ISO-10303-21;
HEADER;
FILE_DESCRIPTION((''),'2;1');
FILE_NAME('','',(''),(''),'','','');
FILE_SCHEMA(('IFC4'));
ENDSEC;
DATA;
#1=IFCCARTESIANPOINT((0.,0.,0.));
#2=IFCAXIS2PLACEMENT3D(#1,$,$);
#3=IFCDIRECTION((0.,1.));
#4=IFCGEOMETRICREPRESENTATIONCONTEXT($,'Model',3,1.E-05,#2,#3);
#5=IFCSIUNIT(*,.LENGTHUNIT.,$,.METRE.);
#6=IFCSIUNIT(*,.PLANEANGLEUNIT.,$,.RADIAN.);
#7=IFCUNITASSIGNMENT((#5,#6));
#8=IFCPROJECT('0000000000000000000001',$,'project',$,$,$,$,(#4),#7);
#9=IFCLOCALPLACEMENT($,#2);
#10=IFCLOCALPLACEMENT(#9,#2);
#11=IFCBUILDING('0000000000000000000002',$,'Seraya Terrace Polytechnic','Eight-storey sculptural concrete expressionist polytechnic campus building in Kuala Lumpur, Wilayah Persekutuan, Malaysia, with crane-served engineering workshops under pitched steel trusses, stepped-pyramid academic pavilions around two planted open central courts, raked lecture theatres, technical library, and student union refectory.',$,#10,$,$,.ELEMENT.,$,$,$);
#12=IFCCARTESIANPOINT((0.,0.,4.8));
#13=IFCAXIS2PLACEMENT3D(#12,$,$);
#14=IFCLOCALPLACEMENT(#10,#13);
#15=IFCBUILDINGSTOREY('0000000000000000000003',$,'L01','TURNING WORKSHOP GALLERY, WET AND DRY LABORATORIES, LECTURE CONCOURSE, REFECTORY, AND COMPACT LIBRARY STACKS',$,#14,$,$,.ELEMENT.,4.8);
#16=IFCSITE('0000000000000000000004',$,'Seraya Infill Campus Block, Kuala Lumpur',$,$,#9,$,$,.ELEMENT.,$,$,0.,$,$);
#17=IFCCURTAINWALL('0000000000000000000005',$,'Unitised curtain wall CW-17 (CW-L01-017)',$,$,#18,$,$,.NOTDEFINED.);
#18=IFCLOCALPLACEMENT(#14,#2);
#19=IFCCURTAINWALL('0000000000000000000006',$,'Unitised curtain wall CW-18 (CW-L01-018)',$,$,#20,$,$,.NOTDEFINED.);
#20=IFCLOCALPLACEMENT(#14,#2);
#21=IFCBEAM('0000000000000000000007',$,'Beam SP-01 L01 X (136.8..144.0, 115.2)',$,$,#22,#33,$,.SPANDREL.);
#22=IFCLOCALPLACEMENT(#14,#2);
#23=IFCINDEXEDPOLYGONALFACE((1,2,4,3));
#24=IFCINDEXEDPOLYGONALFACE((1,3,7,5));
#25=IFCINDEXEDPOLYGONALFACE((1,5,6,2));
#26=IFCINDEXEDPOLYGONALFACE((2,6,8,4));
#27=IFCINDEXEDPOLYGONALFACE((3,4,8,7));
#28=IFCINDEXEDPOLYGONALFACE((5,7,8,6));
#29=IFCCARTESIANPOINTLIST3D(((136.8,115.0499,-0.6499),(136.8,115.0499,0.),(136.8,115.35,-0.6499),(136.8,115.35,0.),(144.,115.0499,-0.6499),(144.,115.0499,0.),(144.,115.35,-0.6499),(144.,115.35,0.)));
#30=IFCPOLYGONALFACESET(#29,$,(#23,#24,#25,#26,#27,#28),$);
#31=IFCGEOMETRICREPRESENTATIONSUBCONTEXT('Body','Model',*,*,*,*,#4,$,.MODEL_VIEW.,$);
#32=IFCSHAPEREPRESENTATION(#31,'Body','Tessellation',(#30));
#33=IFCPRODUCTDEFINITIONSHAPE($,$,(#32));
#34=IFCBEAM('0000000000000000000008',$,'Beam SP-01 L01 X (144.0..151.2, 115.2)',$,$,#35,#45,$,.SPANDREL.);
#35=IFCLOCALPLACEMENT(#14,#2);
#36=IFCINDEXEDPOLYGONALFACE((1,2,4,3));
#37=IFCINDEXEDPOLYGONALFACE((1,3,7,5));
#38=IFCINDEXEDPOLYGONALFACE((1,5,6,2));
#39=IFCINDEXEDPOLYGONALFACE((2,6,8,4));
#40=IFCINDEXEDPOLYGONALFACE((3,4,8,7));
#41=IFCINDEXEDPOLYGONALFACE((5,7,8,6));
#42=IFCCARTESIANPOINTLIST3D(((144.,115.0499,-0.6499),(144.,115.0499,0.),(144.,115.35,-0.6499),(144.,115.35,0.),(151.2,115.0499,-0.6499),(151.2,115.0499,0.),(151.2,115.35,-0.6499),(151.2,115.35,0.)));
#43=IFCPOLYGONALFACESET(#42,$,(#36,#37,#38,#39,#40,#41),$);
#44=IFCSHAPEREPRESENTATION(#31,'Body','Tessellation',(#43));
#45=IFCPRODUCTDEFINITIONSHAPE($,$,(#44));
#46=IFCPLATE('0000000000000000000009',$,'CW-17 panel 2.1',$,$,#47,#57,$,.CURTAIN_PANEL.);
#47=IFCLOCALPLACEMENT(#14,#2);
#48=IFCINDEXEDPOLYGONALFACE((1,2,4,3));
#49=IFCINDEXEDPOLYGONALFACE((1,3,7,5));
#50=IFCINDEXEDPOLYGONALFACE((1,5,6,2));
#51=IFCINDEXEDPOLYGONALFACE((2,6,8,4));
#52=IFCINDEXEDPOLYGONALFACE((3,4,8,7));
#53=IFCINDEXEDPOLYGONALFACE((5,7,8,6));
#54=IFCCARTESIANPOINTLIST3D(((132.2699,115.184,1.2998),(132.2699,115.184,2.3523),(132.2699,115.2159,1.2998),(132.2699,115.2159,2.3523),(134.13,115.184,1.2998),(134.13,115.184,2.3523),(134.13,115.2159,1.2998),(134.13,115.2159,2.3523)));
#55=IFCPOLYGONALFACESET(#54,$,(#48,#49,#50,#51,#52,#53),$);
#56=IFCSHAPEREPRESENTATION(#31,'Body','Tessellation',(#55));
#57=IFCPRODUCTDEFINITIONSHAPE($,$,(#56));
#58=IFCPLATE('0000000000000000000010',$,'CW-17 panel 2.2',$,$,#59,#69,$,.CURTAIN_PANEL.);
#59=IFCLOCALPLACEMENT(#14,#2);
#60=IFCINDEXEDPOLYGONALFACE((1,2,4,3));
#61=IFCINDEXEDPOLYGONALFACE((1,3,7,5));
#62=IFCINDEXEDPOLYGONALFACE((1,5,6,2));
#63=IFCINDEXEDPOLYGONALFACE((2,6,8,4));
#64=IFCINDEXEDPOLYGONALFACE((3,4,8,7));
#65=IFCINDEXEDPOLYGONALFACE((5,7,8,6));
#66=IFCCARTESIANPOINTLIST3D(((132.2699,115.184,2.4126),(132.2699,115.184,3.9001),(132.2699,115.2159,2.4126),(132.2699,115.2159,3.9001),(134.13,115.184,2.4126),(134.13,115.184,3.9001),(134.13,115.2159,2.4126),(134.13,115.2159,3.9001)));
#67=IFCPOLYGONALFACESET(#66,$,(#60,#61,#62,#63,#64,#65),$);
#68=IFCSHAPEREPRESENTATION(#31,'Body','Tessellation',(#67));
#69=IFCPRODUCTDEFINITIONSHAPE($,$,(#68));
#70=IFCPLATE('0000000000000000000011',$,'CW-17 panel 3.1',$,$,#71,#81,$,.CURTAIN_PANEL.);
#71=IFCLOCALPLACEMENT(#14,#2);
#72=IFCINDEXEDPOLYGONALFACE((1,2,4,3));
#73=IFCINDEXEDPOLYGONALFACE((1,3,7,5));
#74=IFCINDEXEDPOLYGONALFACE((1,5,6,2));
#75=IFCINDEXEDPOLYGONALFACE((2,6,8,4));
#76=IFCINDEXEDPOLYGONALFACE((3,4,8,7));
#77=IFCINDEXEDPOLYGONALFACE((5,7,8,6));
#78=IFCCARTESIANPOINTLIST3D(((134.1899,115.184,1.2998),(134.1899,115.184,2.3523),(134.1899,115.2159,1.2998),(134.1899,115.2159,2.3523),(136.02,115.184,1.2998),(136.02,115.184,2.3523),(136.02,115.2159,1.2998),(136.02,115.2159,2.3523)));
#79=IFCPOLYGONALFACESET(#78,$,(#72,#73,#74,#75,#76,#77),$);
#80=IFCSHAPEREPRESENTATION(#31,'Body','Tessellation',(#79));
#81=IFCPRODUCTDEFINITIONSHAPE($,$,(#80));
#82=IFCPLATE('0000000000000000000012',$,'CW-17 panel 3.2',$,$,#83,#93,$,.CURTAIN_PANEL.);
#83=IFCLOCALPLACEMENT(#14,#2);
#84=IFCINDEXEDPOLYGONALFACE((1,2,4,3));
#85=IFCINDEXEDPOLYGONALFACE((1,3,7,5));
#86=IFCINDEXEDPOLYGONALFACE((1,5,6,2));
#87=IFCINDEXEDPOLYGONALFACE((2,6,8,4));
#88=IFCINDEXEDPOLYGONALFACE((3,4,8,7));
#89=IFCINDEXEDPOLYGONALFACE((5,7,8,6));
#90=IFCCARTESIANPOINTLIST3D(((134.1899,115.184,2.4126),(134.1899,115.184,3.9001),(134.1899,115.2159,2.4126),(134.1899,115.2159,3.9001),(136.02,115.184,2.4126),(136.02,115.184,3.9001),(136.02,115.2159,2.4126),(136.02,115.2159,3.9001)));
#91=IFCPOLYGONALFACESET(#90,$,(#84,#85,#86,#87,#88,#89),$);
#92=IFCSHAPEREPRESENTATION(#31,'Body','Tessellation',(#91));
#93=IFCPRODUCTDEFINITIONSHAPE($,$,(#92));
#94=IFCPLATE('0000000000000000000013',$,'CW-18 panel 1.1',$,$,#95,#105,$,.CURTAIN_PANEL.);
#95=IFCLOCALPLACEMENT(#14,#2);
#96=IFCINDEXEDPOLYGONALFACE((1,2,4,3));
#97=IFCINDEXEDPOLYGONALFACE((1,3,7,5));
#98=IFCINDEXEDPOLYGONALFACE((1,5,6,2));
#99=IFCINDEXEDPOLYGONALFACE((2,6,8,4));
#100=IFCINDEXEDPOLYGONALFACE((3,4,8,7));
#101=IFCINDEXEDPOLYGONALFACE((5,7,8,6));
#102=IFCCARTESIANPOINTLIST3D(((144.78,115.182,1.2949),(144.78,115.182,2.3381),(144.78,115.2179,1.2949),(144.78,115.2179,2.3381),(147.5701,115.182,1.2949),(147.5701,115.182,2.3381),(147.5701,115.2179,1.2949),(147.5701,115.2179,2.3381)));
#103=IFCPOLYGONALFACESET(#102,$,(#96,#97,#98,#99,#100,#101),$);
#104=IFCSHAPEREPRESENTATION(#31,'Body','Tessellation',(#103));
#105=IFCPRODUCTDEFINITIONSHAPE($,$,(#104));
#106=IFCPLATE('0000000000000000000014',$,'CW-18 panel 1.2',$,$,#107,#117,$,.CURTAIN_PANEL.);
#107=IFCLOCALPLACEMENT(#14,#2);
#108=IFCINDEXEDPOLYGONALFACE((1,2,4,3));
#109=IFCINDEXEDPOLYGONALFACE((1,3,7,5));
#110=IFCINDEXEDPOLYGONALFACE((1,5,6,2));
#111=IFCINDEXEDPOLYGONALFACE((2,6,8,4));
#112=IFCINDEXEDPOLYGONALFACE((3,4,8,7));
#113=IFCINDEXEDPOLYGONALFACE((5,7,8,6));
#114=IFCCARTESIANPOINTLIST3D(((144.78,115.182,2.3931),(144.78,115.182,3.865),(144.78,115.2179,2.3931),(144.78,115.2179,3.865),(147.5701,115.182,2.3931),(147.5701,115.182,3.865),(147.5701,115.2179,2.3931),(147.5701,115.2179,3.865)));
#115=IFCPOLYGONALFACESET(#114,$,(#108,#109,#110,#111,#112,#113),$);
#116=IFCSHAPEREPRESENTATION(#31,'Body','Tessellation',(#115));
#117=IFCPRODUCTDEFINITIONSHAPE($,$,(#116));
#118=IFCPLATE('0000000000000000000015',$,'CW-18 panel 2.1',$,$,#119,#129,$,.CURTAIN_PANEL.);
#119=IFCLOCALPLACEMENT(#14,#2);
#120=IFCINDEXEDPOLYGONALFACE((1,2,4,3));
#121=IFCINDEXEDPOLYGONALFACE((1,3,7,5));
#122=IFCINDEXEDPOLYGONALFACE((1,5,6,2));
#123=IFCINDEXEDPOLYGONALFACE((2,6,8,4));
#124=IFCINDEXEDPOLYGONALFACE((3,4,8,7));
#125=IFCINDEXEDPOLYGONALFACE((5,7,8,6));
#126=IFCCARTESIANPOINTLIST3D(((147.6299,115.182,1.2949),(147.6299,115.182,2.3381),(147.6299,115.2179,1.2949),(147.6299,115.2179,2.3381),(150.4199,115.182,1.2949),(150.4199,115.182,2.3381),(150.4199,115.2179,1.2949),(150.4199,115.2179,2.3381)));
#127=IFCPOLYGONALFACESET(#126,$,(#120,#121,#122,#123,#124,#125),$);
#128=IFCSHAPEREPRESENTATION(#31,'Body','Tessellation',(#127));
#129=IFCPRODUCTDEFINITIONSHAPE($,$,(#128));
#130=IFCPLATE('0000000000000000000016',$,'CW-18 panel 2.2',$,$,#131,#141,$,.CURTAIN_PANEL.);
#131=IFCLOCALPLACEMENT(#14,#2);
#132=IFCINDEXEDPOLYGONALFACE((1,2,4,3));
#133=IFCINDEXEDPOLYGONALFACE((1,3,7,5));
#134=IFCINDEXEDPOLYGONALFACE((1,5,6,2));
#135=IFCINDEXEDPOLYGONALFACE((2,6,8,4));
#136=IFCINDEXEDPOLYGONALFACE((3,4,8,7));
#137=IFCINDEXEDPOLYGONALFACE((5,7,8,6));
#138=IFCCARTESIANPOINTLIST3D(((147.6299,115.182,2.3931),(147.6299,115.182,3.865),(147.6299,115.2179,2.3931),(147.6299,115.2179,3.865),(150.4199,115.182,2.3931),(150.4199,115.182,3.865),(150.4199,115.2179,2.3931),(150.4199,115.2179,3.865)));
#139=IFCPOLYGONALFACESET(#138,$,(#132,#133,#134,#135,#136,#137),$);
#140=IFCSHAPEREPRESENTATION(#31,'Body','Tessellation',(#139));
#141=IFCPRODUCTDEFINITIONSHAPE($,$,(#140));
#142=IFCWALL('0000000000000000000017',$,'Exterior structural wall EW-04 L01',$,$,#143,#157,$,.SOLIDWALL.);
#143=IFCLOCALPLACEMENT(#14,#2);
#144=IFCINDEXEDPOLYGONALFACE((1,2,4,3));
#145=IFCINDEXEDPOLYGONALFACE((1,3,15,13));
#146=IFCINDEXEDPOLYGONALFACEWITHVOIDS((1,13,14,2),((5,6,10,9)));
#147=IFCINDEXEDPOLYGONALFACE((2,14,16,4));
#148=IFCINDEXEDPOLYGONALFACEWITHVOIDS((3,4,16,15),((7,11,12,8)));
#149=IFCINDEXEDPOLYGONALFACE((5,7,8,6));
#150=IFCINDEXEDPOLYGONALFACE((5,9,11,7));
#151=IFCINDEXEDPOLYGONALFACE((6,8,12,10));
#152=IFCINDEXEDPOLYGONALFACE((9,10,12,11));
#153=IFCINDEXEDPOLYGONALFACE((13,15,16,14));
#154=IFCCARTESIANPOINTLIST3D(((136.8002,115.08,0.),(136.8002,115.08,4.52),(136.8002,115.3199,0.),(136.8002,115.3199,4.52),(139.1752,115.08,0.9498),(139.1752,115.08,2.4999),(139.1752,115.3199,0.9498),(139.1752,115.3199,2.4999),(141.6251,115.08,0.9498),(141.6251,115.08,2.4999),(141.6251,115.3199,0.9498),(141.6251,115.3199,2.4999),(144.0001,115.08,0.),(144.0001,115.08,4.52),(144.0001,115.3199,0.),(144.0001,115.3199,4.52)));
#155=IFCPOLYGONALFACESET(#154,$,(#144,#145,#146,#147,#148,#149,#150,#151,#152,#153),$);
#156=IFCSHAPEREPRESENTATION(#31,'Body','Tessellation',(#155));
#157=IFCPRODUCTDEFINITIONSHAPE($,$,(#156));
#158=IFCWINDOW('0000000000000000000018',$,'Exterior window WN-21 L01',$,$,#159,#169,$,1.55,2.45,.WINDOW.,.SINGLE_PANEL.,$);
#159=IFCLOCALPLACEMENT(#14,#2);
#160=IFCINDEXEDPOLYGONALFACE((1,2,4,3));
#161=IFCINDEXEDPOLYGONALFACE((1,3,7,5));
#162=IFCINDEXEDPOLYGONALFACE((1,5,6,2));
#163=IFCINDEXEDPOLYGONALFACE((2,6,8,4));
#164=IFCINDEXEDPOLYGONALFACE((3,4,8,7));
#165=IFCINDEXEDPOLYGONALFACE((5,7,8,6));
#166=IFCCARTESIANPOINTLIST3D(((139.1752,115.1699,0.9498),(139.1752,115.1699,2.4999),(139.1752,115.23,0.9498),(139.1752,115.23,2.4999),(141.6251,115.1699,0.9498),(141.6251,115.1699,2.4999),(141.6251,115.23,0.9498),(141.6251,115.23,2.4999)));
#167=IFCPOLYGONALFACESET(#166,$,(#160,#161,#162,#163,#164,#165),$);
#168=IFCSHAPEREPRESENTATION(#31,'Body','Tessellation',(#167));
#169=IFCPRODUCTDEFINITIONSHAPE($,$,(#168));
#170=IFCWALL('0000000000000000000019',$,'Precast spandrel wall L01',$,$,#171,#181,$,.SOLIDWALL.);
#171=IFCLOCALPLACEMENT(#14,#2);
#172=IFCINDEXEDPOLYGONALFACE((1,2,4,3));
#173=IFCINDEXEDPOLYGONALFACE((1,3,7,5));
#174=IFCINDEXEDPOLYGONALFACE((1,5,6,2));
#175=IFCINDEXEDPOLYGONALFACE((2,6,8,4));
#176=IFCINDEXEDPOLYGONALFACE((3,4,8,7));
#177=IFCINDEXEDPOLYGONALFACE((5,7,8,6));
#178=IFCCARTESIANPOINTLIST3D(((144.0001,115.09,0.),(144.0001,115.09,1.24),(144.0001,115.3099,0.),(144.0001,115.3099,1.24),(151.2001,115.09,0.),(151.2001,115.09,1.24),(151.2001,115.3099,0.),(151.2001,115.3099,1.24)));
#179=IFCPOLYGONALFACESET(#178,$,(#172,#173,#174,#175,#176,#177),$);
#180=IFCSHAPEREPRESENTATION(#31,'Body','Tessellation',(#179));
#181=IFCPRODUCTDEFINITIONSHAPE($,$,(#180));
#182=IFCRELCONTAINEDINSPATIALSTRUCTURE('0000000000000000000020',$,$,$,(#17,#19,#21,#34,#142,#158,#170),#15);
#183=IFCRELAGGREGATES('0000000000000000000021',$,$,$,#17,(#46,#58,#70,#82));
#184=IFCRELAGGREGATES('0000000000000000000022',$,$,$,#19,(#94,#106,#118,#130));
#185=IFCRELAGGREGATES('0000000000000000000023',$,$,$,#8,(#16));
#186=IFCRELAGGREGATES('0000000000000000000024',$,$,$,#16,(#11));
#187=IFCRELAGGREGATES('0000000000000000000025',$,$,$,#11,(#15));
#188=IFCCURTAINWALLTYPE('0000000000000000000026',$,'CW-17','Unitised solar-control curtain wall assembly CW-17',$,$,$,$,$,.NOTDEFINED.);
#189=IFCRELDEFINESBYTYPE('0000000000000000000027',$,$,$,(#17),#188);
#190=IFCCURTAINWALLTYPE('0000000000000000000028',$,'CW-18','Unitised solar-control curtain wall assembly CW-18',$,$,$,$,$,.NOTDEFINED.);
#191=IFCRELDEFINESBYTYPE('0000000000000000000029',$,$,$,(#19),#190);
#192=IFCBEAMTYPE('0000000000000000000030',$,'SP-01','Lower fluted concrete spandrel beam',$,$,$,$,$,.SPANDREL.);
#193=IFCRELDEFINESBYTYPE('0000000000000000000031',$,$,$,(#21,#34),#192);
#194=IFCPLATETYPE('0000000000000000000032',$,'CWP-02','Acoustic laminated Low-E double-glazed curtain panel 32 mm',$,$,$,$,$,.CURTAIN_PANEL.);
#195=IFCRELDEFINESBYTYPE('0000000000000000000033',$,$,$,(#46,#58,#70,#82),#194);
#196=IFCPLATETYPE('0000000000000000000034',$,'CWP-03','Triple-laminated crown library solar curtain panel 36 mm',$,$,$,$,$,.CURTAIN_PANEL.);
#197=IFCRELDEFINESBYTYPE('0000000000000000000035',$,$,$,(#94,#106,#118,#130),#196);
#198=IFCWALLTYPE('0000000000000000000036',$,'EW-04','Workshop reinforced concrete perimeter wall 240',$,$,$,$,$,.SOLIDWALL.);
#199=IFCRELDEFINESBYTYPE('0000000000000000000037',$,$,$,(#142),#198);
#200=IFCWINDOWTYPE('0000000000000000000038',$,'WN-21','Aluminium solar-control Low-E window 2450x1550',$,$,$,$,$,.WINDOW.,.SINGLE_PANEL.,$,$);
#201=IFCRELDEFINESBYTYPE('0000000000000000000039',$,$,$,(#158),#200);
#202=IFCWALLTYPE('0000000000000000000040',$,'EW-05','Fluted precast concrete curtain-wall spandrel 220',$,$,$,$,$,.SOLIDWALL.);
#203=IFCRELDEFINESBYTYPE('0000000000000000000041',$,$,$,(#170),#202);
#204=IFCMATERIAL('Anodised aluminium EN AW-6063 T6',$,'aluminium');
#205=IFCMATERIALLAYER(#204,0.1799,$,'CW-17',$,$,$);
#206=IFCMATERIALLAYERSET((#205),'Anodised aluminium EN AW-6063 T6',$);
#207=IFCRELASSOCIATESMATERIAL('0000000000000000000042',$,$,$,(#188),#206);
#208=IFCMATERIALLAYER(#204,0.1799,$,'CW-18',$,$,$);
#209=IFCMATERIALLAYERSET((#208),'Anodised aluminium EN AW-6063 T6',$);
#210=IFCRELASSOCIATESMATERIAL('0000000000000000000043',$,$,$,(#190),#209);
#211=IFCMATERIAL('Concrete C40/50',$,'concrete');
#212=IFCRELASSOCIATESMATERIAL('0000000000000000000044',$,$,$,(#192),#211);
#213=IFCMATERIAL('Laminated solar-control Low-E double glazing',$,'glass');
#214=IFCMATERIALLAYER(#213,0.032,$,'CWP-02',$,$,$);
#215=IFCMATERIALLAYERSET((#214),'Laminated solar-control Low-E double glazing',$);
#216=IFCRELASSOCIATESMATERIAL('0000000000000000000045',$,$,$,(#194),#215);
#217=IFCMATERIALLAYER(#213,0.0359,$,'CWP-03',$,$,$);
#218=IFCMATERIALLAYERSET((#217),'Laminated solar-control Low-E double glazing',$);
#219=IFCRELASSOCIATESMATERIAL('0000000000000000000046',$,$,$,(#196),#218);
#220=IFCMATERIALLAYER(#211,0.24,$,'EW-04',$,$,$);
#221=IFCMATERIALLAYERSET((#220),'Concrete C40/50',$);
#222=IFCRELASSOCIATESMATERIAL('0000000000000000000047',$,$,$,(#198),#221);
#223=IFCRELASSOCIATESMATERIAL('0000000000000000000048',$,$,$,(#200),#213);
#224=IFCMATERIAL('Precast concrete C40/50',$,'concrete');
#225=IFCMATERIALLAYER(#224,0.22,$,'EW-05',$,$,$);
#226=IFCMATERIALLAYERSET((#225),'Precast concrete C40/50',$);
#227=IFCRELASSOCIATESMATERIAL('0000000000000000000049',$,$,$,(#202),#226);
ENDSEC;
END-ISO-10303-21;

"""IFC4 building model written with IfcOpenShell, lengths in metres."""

from ifc_helpers import new_model, si_unit, direction, frame, frame_2d, origin, origin_2d, place, context, subcontext, project, spatial, rectangle, extrude, material, layer, layer_set, material_profile, profile_set, type_object, element, fill, aggregate, save


model = new_model("IFC4")

# Units and contexts
model_context = context("Model", 3, precision=1e-05, world=origin(), true_north=direction((0.0, 1.0)))
body_context = subcontext(model_context, "Body", "Model", "MODEL_VIEW")
ifc_project = project(units=[si_unit("LENGTHUNIT", "METRE"), si_unit("PLANEANGLEUNIT", "RADIAN")], contexts=[model_context])

# Site, building, storey
site_placement = place(None, origin())
site = spatial("IfcSite", under=ifc_project, at=site_placement, Name="Seraya Infill Campus Block, Kuala Lumpur", CompositionType="ELEMENT", RefElevation=0.0)
building_placement = place(site_placement, origin())
building = spatial("IfcBuilding", under=site, at=building_placement, Name="Seraya Terrace Polytechnic", Description="Eight-storey sculptural concrete expressionist polytechnic campus building in Kuala Lumpur, Wilayah Persekutuan, Malaysia, with crane-served engineering workshops under pitched steel trusses, stepped-pyramid academic pavilions around two planted open central courts, raked lecture theatres, technical library, and student union refectory.", CompositionType="ELEMENT")
storey_placement = place(building_placement, frame((0.0, 0.0, 4.8)))
storey = spatial("IfcBuildingStorey", under=building, at=storey_placement, Name="L01", Description="TURNING WORKSHOP GALLERY, WET AND DRY LABORATORIES, LECTURE CONCOURSE, REFECTORY, AND COMPACT LIBRARY STACKS", CompositionType="ELEMENT", Elevation=4.8)

# Shared definitions
ifc_material_1 = material(Name="Concrete C40/50", Category="concrete")

# Curtain walls
ifc_material_2 = material(Name="Anodised aluminium EN AW-6063 T6", Category="aluminium")
ifc_layer_1 = layer(ifc_material_2, 0.1799, Name="CW-17")
ifc_layer_set_1 = layer_set([ifc_layer_1], Name="Anodised aluminium EN AW-6063 T6")
curtain_wall_type_1 = type_object("IfcCurtainWallType", Name="CW-17", Description="Unitised solar-control curtain wall assembly CW-17", PredefinedType="NOTDEFINED", material=ifc_layer_set_1)
curtain_wall_1_placement = place(storey_placement, origin())
curtain_wall_1 = element("IfcCurtainWall", 1, at=curtain_wall_1_placement, inside=storey, type_object=curtain_wall_type_1, Name="Unitised curtain wall CW-17 (CW-L01-017)", PredefinedType="NOTDEFINED")
ifc_layer_2 = layer(ifc_material_2, 0.1799, Name="CW-18")
ifc_layer_set_2 = layer_set([ifc_layer_2], Name="Anodised aluminium EN AW-6063 T6")
curtain_wall_type_2 = type_object("IfcCurtainWallType", Name="CW-18", Description="Unitised solar-control curtain wall assembly CW-18", PredefinedType="NOTDEFINED", material=ifc_layer_set_2)
curtain_wall_2_placement = place(storey_placement, origin())
curtain_wall_2 = element("IfcCurtainWall", 2, at=curtain_wall_2_placement, inside=storey, type_object=curtain_wall_type_2, Name="Unitised curtain wall CW-18 (CW-L01-018)", PredefinedType="NOTDEFINED")

# Beams
ifc_material_profile_1 = material_profile(ifc_material_1, rectangle(XDim=0.3, YDim=0.6499, at=origin_2d()), Name="RC 300x650")
ifc_profile_set_1 = profile_set([ifc_material_profile_1], Name="Concrete C40/50")
beam_type_1 = type_object("IfcBeamType", Name="SP-01", Description="Lower fluted concrete spandrel beam", PredefinedType="SPANDREL", material=ifc_profile_set_1)
for number, where, z_axis, x_axis, name in (
    (3, (136.8, 115.2, -0.325), (1.0, 0.0, 0.0), (0.0, 1.0, 0.0), "Beam SP-01 L01 X (136.8..144.0, 115.2)"),
    (4, (144.0, 115.2, -0.325), (1.0, 0.0, 0.0), (0.0, 1.0, 0.0), "Beam SP-01 L01 X (144.0..151.2, 115.2)"),
):
    element("IfcBeam", number, at=place(storey_placement, frame(where, z_axis=z_axis, x_axis=x_axis)), inside=storey, type_object=beam_type_1, Name=name, PredefinedType="SPANDREL", context=body_context, shape_type="SweptSolid", body=[
        extrude(rectangle(XDim=0.3, YDim=0.6499, at=origin_2d()), origin(), (0.0, 0.0, 1.0), 7.2),
    ])

# Plates
ifc_material_3 = material(Name="Laminated solar-control Low-E double glazing", Category="glass")
ifc_layer_3 = layer(ifc_material_3, 0.032, Name="CWP-02")
ifc_layer_set_3 = layer_set([ifc_layer_3], Name="Laminated solar-control Low-E double glazing")
plate_type_1 = type_object("IfcPlateType", Name="CWP-02", Description="Acoustic laminated Low-E double-glazed curtain panel 32 mm", PredefinedType="CURTAIN_PANEL", material=ifc_layer_set_3)
plate_1_placement = place(storey_placement, frame((133.2, 115.2, 1.2998), z_axis=(0.0, 0.0, 1.0), x_axis=(1.0, 0.0, 0.0)))
plate_1 = element("IfcPlate", 5, at=plate_1_placement, type_object=plate_type_1, Name="CW-17 panel 2.1", PredefinedType="CURTAIN_PANEL", context=body_context, shape_type="SweptSolid", body=[
    extrude(rectangle(XDim=1.8601, YDim=0.032, at=origin_2d()), origin(), (0.0, 0.0, 1.0), 1.0525),
])
plate_2_placement = place(storey_placement, frame((133.2, 115.2, 2.4126), z_axis=(0.0, 0.0, 1.0), x_axis=(1.0, 0.0, 0.0)))
plate_2 = element("IfcPlate", 6, at=plate_2_placement, type_object=plate_type_1, Name="CW-17 panel 2.2", PredefinedType="CURTAIN_PANEL", context=body_context, shape_type="SweptSolid", body=[
    extrude(rectangle(XDim=1.8601, YDim=0.032, at=origin_2d()), origin(), (0.0, 0.0, 1.0), 1.4875),
])
plate_3_placement = place(storey_placement, frame((135.105, 115.2, 1.2998), z_axis=(0.0, 0.0, 1.0), x_axis=(1.0, 0.0, 0.0)))
plate_3 = element("IfcPlate", 7, at=plate_3_placement, type_object=plate_type_1, Name="CW-17 panel 3.1", PredefinedType="CURTAIN_PANEL", context=body_context, shape_type="SweptSolid", body=[
    extrude(rectangle(XDim=1.8301, YDim=0.032, at=origin_2d()), origin(), (0.0, 0.0, 1.0), 1.0525),
])
plate_4_placement = place(storey_placement, frame((135.105, 115.2, 2.4126), z_axis=(0.0, 0.0, 1.0), x_axis=(1.0, 0.0, 0.0)))
plate_4 = element("IfcPlate", 8, at=plate_4_placement, type_object=plate_type_1, Name="CW-17 panel 3.2", PredefinedType="CURTAIN_PANEL", context=body_context, shape_type="SweptSolid", body=[
    extrude(rectangle(XDim=1.8301, YDim=0.032, at=origin_2d()), origin(), (0.0, 0.0, 1.0), 1.4875),
])
aggregate(curtain_wall_1, [plate_1, plate_2, plate_3, plate_4])
ifc_layer_4 = layer(ifc_material_3, 0.0359, Name="CWP-03")
ifc_layer_set_4 = layer_set([ifc_layer_4], Name="Laminated solar-control Low-E double glazing")
plate_type_2 = type_object("IfcPlateType", Name="CWP-03", Description="Triple-laminated crown library solar curtain panel 36 mm", PredefinedType="CURTAIN_PANEL", material=ifc_layer_set_4)
plate_5_placement = place(storey_placement, frame((146.175, 115.2, 1.2949), z_axis=(0.0, 0.0, 1.0), x_axis=(1.0, 0.0, 0.0)))
plate_5 = element("IfcPlate", 9, at=plate_5_placement, type_object=plate_type_2, Name="CW-18 panel 1.1", PredefinedType="CURTAIN_PANEL", context=body_context, shape_type="SweptSolid", body=[
    extrude(rectangle(XDim=2.79, YDim=0.0359, at=origin_2d()), origin(), (0.0, 0.0, 1.0), 1.0432),
])
plate_6_placement = place(storey_placement, frame((146.175, 115.2, 2.3931), z_axis=(0.0, 0.0, 1.0), x_axis=(1.0, 0.0, 0.0)))
plate_6 = element("IfcPlate", 10, at=plate_6_placement, type_object=plate_type_2, Name="CW-18 panel 1.2", PredefinedType="CURTAIN_PANEL", context=body_context, shape_type="SweptSolid", body=[
    extrude(rectangle(XDim=2.79, YDim=0.0359, at=origin_2d()), origin(), (0.0, 0.0, 1.0), 1.4719),
])
plate_7_placement = place(storey_placement, frame((149.0249, 115.2, 1.2949), z_axis=(0.0, 0.0, 1.0), x_axis=(1.0, 0.0, 0.0)))
plate_7 = element("IfcPlate", 11, at=plate_7_placement, type_object=plate_type_2, Name="CW-18 panel 2.1", PredefinedType="CURTAIN_PANEL", context=body_context, shape_type="SweptSolid", body=[
    extrude(rectangle(XDim=2.79, YDim=0.0359, at=origin_2d()), origin(), (0.0, 0.0, 1.0), 1.0432),
])
plate_8_placement = place(storey_placement, frame((149.0249, 115.2, 2.3931), z_axis=(0.0, 0.0, 1.0), x_axis=(1.0, 0.0, 0.0)))
plate_8 = element("IfcPlate", 12, at=plate_8_placement, type_object=plate_type_2, Name="CW-18 panel 2.2", PredefinedType="CURTAIN_PANEL", context=body_context, shape_type="SweptSolid", body=[
    extrude(rectangle(XDim=2.79, YDim=0.0359, at=origin_2d()), origin(), (0.0, 0.0, 1.0), 1.4719),
])
aggregate(curtain_wall_2, [plate_5, plate_6, plate_7, plate_8])

# Wall, opening, window
ifc_layer_5 = layer(ifc_material_1, 0.24, Name="EW-04")
ifc_layer_set_5 = layer_set([ifc_layer_5], Name="Concrete C40/50")
wall_type_1 = type_object("IfcWallType", Name="EW-04", Description="Workshop reinforced concrete perimeter wall 240", PredefinedType="SOLIDWALL", material=ifc_layer_set_5)
wall_1_placement = place(storey_placement, frame((136.8, 115.2, 0.0), z_axis=(0.0, 0.0, 1.0), x_axis=(1.0, 0.0, 0.0)))
wall_1 = element("IfcWall", 13, at=wall_1_placement, inside=storey, type_object=wall_type_1, Name="Exterior structural wall EW-04 L01", PredefinedType="SOLIDWALL", context=body_context, shape_type="SweptSolid", body=[
    extrude(rectangle(XDim=7.2, YDim=0.24, at=frame_2d((3.6001, 0.0))), origin(), (0.0, 0.0, 1.0), 4.52),
])
opening_placement = place(wall_1_placement, frame((2.375, 0.0, 0.95)))
opening = element("IfcOpeningElement", 14, at=opening_placement, cuts=wall_1, PredefinedType="OPENING", context=body_context, shape_type="SweptSolid", body=[
    extrude(rectangle(XDim=2.45, YDim=1.55, at=frame_2d((1.2251, 0.7749))), frame((0.0, 0.1318, 0.0), z_axis=(0.0, -1.0, 0.0), x_axis=(1.0, 0.0, 0.0)), (0.0, 0.0, 1.0), 0.2639),
])
window_type = type_object("IfcWindowType", Name="WN-21", Description="Aluminium solar-control Low-E window 2450x1550", PartitioningType="SINGLE_PANEL", PredefinedType="WINDOW", material=ifc_material_3)
window_placement = place(opening_placement, origin())
window = element("IfcWindow", 15, at=window_placement, inside=storey, type_object=window_type, Name="Exterior window WN-21 L01", OverallHeight=1.55, OverallWidth=2.45, PartitioningType="SINGLE_PANEL", PredefinedType="WINDOW", context=body_context, shape_type="SweptSolid", body=[
    extrude(rectangle(XDim=2.45, YDim=1.55, at=frame_2d((1.2251, 0.7749))), frame((0.0, 0.03, 0.0), z_axis=(0.0, -1.0, 0.0), x_axis=(1.0, 0.0, 0.0)), (0.0, 0.0, 1.0), 0.0601),
])
fill(opening, window)

# Wall
ifc_material_4 = material(Name="Precast concrete C40/50", Category="concrete")
ifc_layer_6 = layer(ifc_material_4, 0.22, Name="EW-05")
ifc_layer_set_6 = layer_set([ifc_layer_6], Name="Precast concrete C40/50")
wall_type_2 = type_object("IfcWallType", Name="EW-05", Description="Fluted precast concrete curtain-wall spandrel 220", PredefinedType="SOLIDWALL", material=ifc_layer_set_6)
wall_2_placement = place(storey_placement, frame((144.0, 115.2, 0.0), z_axis=(0.0, 0.0, 1.0), x_axis=(1.0, 0.0, 0.0)))
element("IfcWall", 16, at=wall_2_placement, inside=storey, type_object=wall_type_2, Name="Precast spandrel wall L01", PredefinedType="SOLIDWALL", context=body_context, shape_type="SweptSolid", body=[
    extrude(rectangle(XDim=7.2, YDim=0.22, at=frame_2d((3.6001, 0.0))), origin(), (0.0, 0.0, 1.0), 1.24),
])

save(model, "model.ifc")
